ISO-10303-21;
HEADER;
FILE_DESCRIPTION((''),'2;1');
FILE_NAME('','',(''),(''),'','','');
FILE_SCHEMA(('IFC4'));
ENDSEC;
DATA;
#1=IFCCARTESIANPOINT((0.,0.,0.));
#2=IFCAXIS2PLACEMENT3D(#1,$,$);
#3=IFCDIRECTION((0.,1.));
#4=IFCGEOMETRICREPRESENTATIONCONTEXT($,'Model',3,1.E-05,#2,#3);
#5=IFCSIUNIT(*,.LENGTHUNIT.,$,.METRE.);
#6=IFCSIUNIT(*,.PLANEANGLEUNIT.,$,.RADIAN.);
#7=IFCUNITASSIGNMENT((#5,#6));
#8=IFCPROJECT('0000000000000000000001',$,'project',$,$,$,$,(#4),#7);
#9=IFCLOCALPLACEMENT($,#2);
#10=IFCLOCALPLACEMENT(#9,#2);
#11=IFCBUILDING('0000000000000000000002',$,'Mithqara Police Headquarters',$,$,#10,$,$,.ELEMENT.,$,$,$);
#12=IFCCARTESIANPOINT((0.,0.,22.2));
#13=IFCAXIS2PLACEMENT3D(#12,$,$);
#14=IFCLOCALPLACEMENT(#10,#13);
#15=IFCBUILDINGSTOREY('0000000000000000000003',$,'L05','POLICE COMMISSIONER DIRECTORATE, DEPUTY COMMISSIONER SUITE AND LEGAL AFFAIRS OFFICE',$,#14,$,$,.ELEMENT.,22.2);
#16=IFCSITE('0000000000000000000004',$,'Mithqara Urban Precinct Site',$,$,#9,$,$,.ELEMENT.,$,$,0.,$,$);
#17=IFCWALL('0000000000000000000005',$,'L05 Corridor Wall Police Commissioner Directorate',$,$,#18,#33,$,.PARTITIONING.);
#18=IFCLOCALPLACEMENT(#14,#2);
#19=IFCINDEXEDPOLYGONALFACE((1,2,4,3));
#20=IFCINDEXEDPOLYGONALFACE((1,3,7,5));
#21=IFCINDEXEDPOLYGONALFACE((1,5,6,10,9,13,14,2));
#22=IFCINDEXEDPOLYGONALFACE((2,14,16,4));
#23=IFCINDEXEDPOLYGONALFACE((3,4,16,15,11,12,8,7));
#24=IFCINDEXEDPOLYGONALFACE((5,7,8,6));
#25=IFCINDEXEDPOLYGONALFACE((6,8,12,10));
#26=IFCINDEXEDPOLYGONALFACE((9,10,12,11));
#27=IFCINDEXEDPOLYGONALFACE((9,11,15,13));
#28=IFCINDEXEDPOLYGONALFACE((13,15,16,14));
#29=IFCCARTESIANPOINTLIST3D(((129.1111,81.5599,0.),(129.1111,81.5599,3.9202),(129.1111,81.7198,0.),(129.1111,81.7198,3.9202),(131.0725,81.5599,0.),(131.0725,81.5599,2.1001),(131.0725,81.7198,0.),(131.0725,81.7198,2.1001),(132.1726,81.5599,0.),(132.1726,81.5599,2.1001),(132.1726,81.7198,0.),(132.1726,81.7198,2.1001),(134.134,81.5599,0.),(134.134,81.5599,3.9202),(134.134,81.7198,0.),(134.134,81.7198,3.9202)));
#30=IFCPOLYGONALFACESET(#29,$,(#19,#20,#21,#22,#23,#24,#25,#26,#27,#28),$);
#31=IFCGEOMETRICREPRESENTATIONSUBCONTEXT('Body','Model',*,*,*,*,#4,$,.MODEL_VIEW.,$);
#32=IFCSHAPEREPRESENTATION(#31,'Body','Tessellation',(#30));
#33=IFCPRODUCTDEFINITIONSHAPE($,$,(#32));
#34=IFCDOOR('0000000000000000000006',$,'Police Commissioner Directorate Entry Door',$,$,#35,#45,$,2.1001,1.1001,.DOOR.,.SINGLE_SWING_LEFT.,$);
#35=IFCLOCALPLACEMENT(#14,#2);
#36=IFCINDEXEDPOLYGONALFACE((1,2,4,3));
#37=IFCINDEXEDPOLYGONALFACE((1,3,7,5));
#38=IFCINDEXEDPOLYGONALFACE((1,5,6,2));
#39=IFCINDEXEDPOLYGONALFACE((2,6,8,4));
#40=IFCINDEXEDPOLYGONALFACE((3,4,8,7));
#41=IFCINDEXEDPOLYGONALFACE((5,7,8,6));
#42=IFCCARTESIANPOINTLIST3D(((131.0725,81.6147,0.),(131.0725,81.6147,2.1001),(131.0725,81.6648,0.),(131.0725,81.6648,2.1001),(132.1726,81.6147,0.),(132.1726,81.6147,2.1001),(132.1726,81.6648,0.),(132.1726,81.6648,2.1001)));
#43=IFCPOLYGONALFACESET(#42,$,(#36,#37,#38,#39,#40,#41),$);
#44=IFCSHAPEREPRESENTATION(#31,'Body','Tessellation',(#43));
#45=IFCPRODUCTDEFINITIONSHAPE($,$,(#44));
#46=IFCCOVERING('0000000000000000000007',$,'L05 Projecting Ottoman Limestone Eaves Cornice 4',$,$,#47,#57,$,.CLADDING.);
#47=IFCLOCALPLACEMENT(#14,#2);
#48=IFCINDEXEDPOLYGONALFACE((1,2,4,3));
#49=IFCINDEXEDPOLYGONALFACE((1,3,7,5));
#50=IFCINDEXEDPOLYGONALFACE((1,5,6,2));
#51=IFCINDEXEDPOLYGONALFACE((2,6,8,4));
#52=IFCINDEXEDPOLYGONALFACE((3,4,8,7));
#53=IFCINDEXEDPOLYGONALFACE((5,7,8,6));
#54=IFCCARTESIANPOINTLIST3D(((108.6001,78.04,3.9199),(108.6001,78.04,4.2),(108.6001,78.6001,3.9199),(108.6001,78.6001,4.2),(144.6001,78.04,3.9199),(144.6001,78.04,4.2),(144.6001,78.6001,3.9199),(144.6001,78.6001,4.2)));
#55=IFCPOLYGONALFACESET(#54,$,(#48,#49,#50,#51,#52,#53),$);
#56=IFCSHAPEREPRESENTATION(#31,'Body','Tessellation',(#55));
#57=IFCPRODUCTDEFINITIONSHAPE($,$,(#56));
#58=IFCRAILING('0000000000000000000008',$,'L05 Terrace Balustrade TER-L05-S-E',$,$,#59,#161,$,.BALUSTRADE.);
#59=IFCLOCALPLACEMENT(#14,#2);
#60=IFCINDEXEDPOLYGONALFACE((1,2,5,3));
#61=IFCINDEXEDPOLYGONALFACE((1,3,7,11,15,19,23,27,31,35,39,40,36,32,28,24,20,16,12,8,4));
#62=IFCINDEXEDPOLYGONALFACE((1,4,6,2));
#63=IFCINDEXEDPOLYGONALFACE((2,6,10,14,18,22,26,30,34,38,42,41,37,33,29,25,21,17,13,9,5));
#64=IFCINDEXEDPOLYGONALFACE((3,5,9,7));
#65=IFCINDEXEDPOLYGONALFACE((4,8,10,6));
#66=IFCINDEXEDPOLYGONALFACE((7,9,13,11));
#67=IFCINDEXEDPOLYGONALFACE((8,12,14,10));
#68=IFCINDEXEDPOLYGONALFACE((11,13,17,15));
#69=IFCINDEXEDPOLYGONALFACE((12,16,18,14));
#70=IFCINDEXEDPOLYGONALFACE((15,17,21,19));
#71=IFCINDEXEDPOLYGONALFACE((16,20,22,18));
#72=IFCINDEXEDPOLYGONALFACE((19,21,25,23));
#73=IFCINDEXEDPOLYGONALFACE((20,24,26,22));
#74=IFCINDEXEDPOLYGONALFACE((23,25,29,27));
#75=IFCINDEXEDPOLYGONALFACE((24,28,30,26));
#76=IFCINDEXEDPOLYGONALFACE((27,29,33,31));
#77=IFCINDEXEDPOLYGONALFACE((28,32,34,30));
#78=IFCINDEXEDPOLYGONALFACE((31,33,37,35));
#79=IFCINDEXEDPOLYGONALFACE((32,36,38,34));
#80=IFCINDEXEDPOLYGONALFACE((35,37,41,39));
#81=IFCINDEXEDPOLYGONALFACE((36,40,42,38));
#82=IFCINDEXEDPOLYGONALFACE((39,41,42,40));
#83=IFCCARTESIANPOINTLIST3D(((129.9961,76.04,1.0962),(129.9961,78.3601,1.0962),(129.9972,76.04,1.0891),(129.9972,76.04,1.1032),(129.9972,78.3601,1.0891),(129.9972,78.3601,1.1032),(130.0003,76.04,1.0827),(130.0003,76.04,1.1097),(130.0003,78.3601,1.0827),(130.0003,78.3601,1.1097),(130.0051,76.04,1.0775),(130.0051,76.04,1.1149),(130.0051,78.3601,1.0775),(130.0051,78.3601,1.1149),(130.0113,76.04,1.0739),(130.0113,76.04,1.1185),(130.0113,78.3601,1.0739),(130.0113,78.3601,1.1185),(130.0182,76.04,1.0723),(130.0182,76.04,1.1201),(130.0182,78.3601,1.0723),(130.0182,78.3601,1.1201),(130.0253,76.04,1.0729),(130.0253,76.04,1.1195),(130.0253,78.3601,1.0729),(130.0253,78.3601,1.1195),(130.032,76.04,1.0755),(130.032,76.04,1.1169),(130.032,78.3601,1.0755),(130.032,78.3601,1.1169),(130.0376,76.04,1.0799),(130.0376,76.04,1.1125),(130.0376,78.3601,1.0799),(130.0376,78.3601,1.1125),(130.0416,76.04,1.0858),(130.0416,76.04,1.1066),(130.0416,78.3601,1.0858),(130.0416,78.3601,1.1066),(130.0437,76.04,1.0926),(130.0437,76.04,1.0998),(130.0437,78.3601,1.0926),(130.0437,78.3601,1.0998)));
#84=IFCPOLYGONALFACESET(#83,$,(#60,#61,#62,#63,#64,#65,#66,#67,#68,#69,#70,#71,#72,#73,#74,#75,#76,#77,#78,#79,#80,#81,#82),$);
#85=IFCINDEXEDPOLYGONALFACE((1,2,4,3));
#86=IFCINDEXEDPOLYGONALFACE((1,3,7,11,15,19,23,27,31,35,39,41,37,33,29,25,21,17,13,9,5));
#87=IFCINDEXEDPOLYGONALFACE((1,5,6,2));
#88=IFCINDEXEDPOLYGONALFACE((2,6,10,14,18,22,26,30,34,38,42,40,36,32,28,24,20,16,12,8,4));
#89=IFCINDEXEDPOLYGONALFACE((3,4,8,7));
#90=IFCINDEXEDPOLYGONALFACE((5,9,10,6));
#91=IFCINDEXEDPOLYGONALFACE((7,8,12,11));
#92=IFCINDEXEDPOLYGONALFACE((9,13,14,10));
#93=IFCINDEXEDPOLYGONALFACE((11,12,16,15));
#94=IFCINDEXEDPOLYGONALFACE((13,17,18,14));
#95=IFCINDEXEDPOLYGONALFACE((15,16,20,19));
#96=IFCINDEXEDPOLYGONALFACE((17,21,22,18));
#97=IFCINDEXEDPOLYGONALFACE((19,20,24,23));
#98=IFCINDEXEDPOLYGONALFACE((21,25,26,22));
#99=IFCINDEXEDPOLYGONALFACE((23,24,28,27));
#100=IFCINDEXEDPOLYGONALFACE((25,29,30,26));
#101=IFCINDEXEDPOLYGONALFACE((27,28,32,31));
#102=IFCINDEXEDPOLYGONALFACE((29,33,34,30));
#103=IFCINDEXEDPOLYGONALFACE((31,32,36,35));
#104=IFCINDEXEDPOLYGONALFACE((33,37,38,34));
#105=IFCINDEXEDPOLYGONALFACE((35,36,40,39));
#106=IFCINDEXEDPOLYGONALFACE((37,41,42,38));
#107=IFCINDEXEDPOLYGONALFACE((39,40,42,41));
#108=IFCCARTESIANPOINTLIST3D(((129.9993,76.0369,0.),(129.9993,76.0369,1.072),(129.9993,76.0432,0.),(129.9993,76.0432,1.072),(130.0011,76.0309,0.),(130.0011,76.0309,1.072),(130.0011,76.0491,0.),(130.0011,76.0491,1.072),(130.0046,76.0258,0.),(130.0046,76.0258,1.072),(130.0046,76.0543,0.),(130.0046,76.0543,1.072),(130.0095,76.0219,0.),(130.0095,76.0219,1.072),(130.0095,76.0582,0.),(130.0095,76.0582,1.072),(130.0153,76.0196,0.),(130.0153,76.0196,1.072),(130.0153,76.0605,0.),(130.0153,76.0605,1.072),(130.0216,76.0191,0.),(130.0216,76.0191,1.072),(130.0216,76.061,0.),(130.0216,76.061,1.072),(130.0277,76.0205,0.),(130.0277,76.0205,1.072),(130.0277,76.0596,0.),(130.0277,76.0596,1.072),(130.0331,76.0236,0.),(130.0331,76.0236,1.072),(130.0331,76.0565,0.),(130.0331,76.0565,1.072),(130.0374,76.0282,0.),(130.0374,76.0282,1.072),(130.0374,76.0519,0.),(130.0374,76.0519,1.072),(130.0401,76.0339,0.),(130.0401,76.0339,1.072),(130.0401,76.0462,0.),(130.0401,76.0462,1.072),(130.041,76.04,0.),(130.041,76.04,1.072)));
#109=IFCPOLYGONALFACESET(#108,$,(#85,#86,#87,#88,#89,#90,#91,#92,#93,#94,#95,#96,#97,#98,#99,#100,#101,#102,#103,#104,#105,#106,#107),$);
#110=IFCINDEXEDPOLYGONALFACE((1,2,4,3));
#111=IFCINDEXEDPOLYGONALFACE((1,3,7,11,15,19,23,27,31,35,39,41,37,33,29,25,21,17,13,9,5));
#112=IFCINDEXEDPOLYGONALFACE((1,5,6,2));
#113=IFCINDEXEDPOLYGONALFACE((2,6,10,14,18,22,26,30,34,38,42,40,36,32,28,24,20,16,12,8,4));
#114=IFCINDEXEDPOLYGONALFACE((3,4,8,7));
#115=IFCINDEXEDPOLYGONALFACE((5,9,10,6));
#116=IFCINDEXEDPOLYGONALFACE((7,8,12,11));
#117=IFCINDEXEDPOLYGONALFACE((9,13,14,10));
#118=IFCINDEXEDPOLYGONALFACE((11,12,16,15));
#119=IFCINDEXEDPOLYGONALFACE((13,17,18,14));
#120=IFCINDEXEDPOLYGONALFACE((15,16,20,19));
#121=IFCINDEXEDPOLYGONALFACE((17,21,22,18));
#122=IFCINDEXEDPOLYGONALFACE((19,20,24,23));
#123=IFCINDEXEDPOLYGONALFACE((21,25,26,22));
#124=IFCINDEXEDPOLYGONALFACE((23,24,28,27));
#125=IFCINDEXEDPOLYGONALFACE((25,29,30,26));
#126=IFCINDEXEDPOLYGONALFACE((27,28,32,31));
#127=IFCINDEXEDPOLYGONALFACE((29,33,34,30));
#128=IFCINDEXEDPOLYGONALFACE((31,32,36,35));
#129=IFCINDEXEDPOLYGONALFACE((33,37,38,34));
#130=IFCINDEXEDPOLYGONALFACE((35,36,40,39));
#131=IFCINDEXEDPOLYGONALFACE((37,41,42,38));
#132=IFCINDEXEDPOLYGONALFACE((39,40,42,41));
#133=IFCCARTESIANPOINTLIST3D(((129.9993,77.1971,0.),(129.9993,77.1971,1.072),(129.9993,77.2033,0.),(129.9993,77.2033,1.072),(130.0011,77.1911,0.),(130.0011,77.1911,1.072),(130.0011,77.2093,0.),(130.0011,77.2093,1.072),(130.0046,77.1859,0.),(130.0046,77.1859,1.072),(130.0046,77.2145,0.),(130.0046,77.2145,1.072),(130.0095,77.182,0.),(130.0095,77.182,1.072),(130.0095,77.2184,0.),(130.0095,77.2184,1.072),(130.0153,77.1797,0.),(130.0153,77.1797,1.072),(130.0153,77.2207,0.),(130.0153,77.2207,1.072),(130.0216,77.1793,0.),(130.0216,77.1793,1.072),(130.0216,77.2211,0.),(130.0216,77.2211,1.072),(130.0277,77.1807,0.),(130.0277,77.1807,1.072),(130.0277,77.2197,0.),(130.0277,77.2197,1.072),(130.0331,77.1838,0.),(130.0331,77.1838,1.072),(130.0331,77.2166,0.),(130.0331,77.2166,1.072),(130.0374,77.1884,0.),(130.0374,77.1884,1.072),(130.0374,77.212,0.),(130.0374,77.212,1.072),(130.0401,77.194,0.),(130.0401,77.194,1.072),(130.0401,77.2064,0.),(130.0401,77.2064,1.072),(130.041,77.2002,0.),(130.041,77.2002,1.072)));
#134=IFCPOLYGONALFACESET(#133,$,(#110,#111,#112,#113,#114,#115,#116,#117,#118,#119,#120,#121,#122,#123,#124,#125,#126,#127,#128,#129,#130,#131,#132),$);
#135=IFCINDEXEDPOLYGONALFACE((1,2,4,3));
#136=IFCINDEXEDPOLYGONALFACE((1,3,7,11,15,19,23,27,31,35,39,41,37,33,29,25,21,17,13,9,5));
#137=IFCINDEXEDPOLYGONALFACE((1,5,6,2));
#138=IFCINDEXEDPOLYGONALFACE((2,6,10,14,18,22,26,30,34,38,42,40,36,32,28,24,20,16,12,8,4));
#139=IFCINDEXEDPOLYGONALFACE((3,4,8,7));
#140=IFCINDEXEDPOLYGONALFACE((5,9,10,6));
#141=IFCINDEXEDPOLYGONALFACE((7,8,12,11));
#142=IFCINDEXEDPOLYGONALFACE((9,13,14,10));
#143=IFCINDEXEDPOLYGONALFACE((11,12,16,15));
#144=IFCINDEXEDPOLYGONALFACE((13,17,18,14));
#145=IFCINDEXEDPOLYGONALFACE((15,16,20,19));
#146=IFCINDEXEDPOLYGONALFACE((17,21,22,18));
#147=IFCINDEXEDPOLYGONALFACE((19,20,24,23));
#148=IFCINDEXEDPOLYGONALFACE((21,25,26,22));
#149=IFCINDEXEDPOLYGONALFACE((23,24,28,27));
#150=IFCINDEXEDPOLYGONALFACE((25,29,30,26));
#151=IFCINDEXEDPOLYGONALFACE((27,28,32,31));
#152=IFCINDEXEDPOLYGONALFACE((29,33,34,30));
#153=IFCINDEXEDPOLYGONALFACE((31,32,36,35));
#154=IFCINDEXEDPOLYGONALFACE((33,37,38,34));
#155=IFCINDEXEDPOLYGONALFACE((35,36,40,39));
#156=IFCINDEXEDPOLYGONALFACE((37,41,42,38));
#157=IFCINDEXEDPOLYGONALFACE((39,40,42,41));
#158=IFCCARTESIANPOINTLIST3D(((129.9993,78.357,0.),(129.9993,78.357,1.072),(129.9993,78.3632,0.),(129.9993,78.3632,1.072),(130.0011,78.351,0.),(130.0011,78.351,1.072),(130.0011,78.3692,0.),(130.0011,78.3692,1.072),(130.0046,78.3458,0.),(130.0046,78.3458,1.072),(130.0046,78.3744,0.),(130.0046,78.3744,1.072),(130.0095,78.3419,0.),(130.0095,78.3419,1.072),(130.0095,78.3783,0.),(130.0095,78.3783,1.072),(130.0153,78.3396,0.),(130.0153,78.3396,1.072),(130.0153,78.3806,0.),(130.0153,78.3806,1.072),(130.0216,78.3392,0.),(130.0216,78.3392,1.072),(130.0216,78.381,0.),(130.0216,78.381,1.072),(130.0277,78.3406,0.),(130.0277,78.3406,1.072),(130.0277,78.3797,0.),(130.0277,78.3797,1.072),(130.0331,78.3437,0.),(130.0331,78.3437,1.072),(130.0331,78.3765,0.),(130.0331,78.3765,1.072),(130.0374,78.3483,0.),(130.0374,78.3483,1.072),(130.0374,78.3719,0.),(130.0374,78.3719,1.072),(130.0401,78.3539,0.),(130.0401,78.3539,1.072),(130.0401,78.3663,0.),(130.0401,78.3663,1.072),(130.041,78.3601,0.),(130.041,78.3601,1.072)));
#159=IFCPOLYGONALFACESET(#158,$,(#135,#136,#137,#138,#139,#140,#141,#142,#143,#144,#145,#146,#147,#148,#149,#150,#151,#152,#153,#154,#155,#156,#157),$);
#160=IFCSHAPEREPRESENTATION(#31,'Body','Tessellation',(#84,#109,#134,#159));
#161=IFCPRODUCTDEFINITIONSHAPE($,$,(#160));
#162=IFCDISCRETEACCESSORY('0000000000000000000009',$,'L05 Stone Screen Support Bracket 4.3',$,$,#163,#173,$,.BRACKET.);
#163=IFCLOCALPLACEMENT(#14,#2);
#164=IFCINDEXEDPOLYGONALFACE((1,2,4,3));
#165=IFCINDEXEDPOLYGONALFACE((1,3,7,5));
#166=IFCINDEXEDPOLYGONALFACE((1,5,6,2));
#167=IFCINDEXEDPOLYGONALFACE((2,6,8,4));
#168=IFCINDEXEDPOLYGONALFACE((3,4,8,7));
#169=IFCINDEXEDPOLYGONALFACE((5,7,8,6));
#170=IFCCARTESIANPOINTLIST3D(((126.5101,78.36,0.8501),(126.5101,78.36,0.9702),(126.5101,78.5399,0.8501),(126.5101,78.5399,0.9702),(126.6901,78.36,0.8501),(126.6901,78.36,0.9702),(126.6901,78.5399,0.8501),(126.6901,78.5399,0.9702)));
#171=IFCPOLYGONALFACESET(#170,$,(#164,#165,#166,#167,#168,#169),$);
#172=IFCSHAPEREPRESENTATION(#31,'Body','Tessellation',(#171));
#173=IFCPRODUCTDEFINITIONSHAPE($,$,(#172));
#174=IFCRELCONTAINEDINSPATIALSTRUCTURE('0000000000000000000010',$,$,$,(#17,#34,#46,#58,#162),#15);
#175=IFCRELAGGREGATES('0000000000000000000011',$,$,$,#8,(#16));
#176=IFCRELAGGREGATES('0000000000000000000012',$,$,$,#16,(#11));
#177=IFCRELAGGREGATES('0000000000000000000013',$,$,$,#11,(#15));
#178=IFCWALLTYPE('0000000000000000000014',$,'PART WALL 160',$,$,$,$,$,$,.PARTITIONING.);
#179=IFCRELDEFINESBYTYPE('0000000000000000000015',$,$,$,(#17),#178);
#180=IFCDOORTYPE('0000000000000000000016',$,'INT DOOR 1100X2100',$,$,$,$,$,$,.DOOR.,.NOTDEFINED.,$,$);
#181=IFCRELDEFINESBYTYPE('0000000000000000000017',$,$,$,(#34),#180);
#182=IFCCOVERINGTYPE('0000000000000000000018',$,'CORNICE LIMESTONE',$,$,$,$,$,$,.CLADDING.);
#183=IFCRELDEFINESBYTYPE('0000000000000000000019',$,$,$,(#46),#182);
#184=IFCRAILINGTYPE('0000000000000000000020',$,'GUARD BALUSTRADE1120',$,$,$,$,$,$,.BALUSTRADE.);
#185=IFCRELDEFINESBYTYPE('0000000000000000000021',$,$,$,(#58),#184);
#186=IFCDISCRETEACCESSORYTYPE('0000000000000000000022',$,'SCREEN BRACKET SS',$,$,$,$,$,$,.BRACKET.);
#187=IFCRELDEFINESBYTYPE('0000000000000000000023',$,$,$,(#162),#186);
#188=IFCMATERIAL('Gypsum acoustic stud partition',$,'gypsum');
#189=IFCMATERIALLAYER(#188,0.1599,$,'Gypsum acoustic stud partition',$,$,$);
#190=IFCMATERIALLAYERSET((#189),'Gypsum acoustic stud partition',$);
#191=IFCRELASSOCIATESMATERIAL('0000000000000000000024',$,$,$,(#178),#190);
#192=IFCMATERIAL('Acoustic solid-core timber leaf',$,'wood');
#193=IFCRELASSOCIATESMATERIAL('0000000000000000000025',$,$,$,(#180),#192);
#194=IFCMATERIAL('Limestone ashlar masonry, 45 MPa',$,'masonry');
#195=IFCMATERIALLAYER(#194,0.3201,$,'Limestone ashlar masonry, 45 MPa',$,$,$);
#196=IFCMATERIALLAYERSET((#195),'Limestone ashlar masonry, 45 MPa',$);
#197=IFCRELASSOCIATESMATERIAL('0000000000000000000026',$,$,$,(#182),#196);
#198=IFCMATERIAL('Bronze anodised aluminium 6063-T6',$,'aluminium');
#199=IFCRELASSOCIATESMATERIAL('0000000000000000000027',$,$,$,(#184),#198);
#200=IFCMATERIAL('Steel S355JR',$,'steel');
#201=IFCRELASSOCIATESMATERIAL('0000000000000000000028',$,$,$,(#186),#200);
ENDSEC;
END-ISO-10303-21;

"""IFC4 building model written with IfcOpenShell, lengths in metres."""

from ifc_helpers import new_model, si_unit, direction, frame, frame_2d, origin, origin_2d, place, context, subcontext, project, spatial, rectangle, circle, extrude, material, layer, layer_set, type_object, element, fill, save


model = new_model("IFC4")

# Units and contexts
model_context = context("Model", 3, precision=1e-05, world=origin(), true_north=direction((0.0, 1.0)))
body_context = subcontext(model_context, "Body", "Model", "MODEL_VIEW")
ifc_project = project(units=[si_unit("LENGTHUNIT", "METRE"), si_unit("PLANEANGLEUNIT", "RADIAN")], contexts=[model_context])

# Site, building, storey
site_placement = place(None, origin())
site = spatial("IfcSite", under=ifc_project, at=site_placement, Name="Mithqara Urban Precinct Site", CompositionType="ELEMENT", RefElevation=0.0)
building_placement = place(site_placement, origin())
building = spatial("IfcBuilding", under=site, at=building_placement, Name="Mithqara Police Headquarters", CompositionType="ELEMENT")
storey_placement = place(building_placement, frame((0.0, 0.0, 22.2)))
storey = spatial("IfcBuildingStorey", under=building, at=storey_placement, Name="L05", Description="POLICE COMMISSIONER DIRECTORATE, DEPUTY COMMISSIONER SUITE AND LEGAL AFFAIRS OFFICE", CompositionType="ELEMENT", Elevation=22.2)

# Shared definitions
ifc_material_1 = material(Name="Steel S355JR", Category="steel")

# Shared definitions
ifc_material_2 = material(Name="Limestone ashlar masonry, 45 MPa", Category="masonry")

# Shared definitions
ifc_material_3 = material(Name="Gypsum acoustic stud partition", Category="gypsum")
ifc_layer_1 = layer(ifc_material_3, 0.1599, Name="Gypsum acoustic stud partition")
ifc_layer_set_1 = layer_set([ifc_layer_1], Name="Gypsum acoustic stud partition")
wall_type = type_object("IfcWallType", Name="PART WALL 160", PredefinedType="PARTITIONING", material=ifc_layer_set_1)

# Shared definitions
ifc_material_4 = material(Name="Acoustic solid-core timber leaf", Category="wood")

# Wall, opening, door
wall_1_placement = place(storey_placement, frame((129.1111, 81.6399, 0.0), z_axis=(0.0, 0.0, 1.0), x_axis=(1.0, 0.0, 0.0)))
wall_1 = element("IfcWall", 1, at=wall_1_placement, inside=storey, type_object=wall_type, Name="L05 Corridor Wall Police Commissioner Directorate", PredefinedType="PARTITIONING", context=body_context, shape_type="SweptSolid", body=[
    extrude(rectangle(XDim=5.0229, YDim=0.1599, at=frame_2d((2.5115, 0.0))), origin(), (0.0, 0.0, 1.0), 3.9202),
])
opening_1_placement = place(wall_1_placement, frame((1.9614, 0.0, 0.0)))
opening_1 = element("IfcOpeningElement", 2, at=opening_1_placement, cuts=wall_1, PredefinedType="OPENING", context=body_context, shape_type="SweptSolid", body=[
    extrude(rectangle(XDim=1.1001, YDim=2.1001, at=frame_2d((0.55, 1.05))), frame((0.0, 0.0898, 0.0), z_axis=(0.0, -1.0, 0.0), x_axis=(1.0, 0.0, 0.0)), (0.0, 0.0, 1.0), 0.1799),
])
door_type_1 = type_object("IfcDoorType", Name="INT DOOR 1100X2100", OperationType="NOTDEFINED", PredefinedType="DOOR", material=ifc_material_4)
door_1_placement = place(opening_1_placement, origin())
door_1 = element("IfcDoor", 3, at=door_1_placement, inside=storey, type_object=door_type_1, Name="Police Commissioner Directorate Entry Door", OperationType="SINGLE_SWING_LEFT", OverallHeight=2.1001, OverallWidth=1.1001, PredefinedType="DOOR", context=body_context, shape_type="SweptSolid", body=[
    extrude(rectangle(XDim=1.1001, YDim=2.1001, at=frame_2d((0.55, 1.05))), frame((0.0, 0.0249, 0.0), z_axis=(0.0, -1.0, 0.0), x_axis=(1.0, 0.0, 0.0)), (0.0, 0.0, 1.0), 0.05),
])
fill(opening_1, door_1)

# Covering
ifc_layer_2 = layer(ifc_material_2, 0.3201, Name="Limestone ashlar masonry, 45 MPa")
ifc_layer_set_2 = layer_set([ifc_layer_2], Name="Limestone ashlar masonry, 45 MPa")
covering_type = type_object("IfcCoveringType", Name="CORNICE LIMESTONE", PredefinedType="CLADDING", material=ifc_layer_set_2)
covering_placement = place(storey_placement, frame((126.6001, 78.3201, 3.9199), z_axis=(0.0, 0.0, 1.0), x_axis=(1.0, 0.0, 0.0)))
element("IfcCovering", 4, at=covering_placement, inside=storey, type_object=covering_type, Name="L05 Projecting Ottoman Limestone Eaves Cornice 4", PredefinedType="CLADDING", context=body_context, shape_type="SweptSolid", body=[
    extrude(rectangle(XDim=36.0, YDim=0.5601, at=origin_2d()), origin(), (0.0, 0.0, 1.0), 0.28),
])

# Railing
ifc_material_5 = material(Name="Bronze anodised aluminium 6063-T6", Category="aluminium")
railing_type = type_object("IfcRailingType", Name="GUARD BALUSTRADE1120", PredefinedType="BALUSTRADE", material=ifc_material_5)
railing_placement = place(storey_placement, frame((130.02, 76.04, 0.0)))
element("IfcRailing", 5, at=railing_placement, inside=storey, type_object=railing_type, Name="L05 Terrace Balustrade TER-L05-S-E", PredefinedType="BALUSTRADE", context=body_context, shape_type="SweptSolid", body=[
    extrude(circle(Radius=0.0239, at=origin_2d()), frame((0.0, 0.0, 1.0962), z_axis=(0.0, 1.0, 0.0), x_axis=(-1.0, 0.0, 0.0)), (0.0, 0.0, 1.0), 2.3201),
    extrude(circle(Radius=0.021, at=origin_2d()), origin(), (0.0, 0.0, 1.0), 1.072),
    extrude(circle(Radius=0.021, at=origin_2d()), frame((0.0, 1.1602, 0.0)), (0.0, 0.0, 1.0), 1.072),
    extrude(circle(Radius=0.021, at=origin_2d()), frame((0.0, 2.3201, 0.0)), (0.0, 0.0, 1.0), 1.072),
])

# Discrete accessory
discrete_accessory_type = type_object("IfcDiscreteAccessoryType", Name="SCREEN BRACKET SS", PredefinedType="BRACKET", material=ifc_material_1)
discrete_accessory_placement = place(storey_placement, frame((126.6001, 78.45, 0.8501), z_axis=(0.0, 0.0, 1.0), x_axis=(1.0, 0.0, 0.0)))
element("IfcDiscreteAccessory", 6, at=discrete_accessory_placement, inside=storey, type_object=discrete_accessory_type, Name="L05 Stone Screen Support Bracket 4.3", PredefinedType="BRACKET", context=body_context, shape_type="SweptSolid", body=[
    extrude(rectangle(XDim=0.1799, YDim=0.1799, at=origin_2d()), origin(), (0.0, 0.0, 1.0), 0.1201),
])

save(model, "model.ifc")
